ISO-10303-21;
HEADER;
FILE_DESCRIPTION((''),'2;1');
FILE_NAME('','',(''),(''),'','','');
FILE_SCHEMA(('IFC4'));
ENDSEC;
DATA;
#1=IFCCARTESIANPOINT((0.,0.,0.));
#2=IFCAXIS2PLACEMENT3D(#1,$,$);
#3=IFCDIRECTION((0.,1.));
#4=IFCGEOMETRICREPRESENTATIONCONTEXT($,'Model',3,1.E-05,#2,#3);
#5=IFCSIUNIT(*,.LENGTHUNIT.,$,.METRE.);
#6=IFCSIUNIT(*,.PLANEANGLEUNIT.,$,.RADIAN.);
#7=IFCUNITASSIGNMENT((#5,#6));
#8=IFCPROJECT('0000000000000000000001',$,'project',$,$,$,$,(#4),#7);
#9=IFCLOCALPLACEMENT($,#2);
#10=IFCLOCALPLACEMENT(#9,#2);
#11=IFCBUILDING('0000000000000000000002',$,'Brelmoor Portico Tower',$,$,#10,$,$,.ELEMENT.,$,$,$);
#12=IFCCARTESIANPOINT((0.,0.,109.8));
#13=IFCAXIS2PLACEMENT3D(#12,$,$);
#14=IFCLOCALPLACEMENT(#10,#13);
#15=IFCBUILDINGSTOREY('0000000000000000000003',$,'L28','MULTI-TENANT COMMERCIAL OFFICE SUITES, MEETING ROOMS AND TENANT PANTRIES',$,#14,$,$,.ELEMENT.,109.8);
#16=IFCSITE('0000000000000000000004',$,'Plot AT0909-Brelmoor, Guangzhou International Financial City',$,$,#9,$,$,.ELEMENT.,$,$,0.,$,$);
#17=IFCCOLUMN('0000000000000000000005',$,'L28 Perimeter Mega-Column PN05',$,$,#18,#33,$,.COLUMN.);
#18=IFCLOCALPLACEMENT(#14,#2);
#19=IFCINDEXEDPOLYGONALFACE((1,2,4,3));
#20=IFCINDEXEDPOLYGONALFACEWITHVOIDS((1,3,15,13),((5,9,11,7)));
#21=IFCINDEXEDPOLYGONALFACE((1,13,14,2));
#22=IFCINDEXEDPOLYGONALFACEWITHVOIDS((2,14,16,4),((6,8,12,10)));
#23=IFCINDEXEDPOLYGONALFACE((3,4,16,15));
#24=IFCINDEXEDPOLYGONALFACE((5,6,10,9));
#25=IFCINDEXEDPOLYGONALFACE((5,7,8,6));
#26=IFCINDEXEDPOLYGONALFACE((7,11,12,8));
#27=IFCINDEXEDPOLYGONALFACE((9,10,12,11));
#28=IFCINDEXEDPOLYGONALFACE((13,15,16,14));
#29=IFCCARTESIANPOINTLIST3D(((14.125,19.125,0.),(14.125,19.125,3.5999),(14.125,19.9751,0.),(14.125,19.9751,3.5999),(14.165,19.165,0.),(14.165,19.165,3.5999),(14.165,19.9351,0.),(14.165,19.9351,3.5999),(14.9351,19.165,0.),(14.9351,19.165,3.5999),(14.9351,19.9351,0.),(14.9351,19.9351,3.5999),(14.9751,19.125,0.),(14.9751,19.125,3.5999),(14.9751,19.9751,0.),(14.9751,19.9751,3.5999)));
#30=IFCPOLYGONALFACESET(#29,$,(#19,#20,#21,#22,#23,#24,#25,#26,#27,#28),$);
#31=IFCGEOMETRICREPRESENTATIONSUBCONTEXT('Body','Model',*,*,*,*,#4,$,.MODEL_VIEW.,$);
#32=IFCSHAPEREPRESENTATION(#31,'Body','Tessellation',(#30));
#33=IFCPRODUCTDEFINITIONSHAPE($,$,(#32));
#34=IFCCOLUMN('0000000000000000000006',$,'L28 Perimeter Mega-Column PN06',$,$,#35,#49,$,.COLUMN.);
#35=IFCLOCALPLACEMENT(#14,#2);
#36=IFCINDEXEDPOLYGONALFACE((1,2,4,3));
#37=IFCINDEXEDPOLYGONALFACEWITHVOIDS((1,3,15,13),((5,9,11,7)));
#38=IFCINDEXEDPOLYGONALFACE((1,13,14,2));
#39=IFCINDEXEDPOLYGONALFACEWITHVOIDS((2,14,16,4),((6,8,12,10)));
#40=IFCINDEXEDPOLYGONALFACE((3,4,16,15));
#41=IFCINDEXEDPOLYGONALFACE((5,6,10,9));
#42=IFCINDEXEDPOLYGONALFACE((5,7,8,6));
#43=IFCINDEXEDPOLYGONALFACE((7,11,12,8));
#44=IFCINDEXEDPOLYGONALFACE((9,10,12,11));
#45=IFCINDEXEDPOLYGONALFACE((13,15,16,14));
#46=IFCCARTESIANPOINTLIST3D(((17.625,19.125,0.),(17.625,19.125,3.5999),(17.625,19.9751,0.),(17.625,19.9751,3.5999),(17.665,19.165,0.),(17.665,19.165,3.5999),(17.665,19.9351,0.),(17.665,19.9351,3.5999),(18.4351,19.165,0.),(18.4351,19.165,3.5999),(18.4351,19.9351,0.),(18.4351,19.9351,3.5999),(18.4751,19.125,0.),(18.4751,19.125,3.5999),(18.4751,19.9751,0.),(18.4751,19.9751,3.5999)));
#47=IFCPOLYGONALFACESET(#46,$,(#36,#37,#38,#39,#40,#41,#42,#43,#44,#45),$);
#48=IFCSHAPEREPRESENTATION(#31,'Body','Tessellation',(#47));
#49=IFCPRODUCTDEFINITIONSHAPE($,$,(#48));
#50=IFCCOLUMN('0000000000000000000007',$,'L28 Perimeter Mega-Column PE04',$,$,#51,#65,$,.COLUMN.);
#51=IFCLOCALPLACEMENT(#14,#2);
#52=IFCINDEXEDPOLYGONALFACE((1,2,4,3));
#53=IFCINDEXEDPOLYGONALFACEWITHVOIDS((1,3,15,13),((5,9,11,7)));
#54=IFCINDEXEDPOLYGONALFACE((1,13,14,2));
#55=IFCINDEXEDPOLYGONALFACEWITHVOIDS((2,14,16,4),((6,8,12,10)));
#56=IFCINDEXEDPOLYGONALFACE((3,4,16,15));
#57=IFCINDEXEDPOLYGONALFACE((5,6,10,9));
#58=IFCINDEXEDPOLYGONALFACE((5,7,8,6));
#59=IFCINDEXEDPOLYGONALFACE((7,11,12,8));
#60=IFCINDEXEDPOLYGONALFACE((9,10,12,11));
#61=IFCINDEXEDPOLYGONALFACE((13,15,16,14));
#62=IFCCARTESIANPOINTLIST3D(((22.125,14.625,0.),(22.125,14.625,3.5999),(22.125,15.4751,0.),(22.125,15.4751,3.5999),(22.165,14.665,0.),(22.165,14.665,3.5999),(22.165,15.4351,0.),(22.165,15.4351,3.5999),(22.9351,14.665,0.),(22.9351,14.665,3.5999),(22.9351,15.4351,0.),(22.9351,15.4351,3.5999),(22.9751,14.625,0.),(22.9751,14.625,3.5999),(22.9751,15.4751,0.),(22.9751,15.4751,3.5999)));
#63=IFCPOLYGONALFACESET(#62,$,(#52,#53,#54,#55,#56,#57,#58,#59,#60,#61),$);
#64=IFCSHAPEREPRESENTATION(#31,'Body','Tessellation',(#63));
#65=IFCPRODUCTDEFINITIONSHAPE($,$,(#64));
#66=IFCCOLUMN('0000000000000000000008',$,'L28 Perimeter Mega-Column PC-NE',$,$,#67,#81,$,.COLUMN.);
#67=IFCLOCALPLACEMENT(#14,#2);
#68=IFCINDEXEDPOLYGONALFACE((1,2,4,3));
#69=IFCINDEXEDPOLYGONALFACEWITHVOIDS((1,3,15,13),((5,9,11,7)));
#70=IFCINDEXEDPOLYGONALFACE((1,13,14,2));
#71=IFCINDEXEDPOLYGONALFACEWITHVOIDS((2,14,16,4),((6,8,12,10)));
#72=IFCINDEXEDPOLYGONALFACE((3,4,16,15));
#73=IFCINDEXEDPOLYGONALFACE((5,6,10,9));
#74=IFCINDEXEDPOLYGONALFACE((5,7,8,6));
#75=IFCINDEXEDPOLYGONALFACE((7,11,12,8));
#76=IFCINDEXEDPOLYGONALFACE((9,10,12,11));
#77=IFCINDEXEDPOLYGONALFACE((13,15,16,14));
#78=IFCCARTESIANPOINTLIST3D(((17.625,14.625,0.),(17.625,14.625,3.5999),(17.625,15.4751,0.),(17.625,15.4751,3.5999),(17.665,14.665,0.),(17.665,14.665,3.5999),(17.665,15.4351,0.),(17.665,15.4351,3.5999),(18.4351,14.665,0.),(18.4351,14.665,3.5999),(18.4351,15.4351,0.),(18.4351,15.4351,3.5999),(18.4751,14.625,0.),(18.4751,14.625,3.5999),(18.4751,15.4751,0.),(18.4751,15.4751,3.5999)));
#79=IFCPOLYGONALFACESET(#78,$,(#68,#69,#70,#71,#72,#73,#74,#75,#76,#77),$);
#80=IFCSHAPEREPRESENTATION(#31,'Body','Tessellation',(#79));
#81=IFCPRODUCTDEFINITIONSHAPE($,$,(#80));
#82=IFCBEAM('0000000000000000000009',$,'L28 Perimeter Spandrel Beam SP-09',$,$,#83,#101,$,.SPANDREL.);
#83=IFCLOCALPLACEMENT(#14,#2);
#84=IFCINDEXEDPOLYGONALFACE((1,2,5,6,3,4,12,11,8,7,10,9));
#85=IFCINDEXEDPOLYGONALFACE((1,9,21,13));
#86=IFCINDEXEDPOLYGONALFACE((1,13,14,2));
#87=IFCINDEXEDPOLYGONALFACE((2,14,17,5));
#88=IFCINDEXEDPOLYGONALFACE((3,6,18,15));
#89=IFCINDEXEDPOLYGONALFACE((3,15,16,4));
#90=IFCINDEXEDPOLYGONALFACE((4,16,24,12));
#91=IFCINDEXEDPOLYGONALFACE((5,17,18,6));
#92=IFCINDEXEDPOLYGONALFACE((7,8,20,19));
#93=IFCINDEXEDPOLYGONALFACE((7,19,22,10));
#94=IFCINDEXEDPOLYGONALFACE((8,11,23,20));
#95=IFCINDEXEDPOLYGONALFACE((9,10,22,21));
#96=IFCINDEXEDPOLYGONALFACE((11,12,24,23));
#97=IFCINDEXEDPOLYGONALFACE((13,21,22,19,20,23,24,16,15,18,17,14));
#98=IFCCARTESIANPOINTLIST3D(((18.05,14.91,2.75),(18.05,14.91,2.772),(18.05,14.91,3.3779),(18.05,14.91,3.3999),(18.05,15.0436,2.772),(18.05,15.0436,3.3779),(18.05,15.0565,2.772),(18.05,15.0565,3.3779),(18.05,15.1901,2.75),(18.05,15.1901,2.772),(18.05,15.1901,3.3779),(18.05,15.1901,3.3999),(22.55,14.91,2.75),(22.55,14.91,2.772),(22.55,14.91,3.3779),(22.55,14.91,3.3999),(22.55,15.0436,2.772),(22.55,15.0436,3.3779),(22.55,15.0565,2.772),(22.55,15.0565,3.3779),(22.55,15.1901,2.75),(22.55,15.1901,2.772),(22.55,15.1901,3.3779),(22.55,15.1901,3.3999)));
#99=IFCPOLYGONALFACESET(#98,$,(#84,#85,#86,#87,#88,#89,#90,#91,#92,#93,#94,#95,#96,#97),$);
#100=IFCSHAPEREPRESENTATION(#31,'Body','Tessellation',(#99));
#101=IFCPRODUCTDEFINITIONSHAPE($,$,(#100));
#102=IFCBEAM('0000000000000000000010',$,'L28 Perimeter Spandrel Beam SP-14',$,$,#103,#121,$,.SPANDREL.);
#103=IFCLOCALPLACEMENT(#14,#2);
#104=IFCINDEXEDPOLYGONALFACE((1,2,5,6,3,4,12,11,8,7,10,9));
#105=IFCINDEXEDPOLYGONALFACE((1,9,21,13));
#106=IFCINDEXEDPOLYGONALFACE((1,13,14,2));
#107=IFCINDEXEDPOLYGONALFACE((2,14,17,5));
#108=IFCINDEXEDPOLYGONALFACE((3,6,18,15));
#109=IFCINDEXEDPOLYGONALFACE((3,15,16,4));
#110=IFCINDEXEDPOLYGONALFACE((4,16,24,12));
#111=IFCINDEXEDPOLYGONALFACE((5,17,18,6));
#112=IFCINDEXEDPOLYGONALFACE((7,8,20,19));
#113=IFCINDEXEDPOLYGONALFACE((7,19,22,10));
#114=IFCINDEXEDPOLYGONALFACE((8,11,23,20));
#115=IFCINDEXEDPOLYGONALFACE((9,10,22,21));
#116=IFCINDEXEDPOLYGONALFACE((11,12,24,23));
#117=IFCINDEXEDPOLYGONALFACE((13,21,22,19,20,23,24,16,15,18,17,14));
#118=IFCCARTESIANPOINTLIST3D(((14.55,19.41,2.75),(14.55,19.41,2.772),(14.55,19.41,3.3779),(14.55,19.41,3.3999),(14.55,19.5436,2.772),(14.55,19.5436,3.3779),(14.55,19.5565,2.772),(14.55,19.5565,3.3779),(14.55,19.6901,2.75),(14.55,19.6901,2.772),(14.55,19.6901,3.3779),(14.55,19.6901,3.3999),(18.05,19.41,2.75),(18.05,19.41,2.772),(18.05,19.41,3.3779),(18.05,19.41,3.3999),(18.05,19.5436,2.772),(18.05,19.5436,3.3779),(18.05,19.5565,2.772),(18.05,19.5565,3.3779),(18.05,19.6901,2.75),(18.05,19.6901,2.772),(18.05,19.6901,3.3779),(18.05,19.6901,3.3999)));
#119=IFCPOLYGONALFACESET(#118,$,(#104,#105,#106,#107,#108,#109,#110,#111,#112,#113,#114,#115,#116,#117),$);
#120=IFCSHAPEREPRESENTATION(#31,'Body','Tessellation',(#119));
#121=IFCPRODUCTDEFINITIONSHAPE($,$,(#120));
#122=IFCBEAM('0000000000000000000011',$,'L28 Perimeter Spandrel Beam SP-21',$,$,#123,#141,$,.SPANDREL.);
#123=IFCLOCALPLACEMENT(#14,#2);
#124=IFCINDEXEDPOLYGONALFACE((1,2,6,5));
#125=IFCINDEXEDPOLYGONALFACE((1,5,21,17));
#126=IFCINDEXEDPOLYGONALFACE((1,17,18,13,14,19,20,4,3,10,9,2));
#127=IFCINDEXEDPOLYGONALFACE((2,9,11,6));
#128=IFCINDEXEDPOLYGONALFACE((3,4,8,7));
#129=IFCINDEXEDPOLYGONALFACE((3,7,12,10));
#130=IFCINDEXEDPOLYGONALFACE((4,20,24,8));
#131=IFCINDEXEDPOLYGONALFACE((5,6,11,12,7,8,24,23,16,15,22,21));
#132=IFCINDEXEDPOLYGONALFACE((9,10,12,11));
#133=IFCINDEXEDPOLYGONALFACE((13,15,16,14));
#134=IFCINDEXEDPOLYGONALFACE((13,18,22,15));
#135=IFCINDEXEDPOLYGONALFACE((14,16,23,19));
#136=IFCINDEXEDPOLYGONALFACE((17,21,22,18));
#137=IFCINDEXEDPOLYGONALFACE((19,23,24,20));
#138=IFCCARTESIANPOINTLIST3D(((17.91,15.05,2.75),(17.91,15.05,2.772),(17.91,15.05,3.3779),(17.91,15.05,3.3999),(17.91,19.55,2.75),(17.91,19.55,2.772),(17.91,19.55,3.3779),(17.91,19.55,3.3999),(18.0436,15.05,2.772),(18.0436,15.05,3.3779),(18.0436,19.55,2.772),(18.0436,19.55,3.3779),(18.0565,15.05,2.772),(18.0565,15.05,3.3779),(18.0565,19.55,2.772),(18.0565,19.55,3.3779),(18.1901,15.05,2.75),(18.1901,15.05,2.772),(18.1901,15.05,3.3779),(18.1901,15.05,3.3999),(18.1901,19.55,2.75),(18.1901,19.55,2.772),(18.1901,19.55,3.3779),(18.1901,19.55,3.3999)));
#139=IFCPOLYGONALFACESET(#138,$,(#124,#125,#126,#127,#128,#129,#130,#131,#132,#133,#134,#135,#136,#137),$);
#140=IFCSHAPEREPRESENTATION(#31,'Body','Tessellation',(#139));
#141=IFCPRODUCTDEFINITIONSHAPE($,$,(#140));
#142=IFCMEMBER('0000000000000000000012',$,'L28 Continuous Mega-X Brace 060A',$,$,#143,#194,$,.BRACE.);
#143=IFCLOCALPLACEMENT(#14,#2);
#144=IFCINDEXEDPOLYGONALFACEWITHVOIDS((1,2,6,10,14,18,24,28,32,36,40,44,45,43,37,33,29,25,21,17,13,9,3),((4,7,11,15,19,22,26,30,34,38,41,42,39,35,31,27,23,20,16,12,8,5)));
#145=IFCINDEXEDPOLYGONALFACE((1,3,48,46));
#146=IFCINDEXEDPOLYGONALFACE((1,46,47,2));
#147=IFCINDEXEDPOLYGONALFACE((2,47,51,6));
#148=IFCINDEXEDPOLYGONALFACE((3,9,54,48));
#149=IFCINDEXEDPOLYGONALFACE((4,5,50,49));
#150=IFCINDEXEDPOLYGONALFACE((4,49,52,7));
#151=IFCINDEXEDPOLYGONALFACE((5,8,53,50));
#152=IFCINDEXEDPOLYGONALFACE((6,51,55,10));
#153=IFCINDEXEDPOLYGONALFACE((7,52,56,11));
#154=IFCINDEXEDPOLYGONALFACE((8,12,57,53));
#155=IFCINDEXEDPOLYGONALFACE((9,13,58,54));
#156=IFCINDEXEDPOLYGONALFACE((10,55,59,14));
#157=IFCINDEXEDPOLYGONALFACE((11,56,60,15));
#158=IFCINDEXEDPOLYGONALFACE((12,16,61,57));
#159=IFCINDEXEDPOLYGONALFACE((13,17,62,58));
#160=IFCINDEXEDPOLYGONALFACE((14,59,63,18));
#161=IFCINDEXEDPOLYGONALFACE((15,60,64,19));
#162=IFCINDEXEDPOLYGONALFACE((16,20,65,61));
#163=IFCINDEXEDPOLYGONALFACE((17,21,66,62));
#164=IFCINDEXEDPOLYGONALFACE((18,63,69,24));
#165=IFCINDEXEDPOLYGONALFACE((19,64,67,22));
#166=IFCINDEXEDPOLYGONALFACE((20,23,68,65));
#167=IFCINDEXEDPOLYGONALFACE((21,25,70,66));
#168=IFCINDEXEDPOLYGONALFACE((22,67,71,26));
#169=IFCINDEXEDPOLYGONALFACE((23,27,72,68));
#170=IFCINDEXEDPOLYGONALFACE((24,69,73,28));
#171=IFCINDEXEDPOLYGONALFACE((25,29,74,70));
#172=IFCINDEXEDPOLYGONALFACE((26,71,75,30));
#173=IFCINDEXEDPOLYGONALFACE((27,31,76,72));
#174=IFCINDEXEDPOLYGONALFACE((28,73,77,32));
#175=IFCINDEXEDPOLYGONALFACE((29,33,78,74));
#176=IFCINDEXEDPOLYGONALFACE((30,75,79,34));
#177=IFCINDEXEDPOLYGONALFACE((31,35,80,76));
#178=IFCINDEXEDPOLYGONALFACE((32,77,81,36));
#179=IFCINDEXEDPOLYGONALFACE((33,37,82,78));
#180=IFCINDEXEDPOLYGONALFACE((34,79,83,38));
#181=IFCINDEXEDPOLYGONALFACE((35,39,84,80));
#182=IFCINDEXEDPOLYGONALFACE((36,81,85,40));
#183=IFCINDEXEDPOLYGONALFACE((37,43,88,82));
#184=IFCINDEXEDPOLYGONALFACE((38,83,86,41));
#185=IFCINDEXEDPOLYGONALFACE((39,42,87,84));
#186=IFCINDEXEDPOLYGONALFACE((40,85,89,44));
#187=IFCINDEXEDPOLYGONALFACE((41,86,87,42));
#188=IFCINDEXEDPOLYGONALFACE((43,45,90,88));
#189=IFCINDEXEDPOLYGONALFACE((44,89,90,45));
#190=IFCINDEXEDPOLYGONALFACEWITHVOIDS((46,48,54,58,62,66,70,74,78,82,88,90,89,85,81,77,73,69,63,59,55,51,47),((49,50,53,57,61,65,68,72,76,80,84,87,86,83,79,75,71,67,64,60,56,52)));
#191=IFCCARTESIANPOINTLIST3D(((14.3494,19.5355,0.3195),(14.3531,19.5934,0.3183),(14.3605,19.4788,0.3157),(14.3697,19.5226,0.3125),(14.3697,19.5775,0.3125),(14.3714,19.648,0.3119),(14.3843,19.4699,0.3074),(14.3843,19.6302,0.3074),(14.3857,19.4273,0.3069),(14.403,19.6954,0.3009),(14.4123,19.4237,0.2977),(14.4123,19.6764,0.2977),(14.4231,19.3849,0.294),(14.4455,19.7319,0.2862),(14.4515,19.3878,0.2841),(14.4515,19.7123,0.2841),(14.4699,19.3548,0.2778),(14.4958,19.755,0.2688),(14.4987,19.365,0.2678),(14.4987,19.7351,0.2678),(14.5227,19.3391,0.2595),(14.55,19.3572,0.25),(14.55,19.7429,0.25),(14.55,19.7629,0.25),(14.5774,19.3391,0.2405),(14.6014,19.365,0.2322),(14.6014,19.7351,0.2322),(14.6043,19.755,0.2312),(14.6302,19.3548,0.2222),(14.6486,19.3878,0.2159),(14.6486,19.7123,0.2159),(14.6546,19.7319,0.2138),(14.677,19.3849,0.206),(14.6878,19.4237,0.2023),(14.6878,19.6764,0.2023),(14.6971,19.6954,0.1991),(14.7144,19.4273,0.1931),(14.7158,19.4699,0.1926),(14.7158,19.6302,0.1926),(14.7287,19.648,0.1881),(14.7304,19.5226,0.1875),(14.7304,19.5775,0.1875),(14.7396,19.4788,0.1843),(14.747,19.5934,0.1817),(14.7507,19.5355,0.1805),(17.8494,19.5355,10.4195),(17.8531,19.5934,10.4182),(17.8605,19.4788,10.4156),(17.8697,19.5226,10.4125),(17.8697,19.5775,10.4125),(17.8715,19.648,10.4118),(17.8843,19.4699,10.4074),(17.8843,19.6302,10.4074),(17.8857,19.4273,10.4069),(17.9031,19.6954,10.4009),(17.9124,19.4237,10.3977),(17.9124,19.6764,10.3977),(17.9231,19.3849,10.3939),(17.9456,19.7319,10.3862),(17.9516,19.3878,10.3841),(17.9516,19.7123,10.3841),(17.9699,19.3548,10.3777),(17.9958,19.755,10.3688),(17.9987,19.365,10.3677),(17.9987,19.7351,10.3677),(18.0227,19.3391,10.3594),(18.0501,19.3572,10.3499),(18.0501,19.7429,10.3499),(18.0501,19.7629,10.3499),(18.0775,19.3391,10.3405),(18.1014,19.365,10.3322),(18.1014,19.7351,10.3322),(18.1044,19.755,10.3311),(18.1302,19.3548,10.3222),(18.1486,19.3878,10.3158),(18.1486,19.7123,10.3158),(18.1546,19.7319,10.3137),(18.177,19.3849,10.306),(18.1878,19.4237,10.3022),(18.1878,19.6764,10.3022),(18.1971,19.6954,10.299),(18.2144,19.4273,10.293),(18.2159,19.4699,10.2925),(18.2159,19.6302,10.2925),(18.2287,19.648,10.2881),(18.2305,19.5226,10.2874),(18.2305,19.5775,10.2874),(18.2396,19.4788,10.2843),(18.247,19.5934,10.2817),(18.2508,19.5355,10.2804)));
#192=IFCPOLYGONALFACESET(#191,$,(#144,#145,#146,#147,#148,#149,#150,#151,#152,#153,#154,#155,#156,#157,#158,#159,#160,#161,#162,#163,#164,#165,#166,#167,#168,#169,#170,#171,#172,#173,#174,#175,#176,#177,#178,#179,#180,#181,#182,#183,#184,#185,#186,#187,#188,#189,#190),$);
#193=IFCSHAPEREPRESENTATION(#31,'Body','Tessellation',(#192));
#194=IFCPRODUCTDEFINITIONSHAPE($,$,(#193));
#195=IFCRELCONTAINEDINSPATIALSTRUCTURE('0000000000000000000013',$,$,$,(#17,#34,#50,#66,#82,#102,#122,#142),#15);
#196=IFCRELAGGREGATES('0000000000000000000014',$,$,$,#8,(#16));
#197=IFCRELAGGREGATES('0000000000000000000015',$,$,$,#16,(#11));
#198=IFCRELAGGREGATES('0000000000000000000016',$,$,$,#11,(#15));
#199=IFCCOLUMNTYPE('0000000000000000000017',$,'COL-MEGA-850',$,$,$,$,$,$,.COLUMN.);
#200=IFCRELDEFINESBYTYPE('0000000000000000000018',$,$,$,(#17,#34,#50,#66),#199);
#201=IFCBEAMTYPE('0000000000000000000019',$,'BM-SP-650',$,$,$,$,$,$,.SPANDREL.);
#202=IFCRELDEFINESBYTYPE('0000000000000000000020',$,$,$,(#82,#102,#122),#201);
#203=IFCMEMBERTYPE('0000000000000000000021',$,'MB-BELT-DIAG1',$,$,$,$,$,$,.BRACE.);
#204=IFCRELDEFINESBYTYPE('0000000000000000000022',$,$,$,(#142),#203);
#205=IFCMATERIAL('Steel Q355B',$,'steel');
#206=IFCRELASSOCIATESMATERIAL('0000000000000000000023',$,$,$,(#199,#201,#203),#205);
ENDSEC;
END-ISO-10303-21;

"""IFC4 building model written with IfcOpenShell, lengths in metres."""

from ifc_helpers import new_model, si_unit, direction, frame, origin, origin_2d, place, context, subcontext, project, spatial, hollow_rectangle, hollow_circle, i_section, extrude, material, material_profile, profile_set, type_object, element, save


model = new_model("IFC4")

# Units and contexts
model_context = context("Model", 3, precision=1e-05, world=origin(), true_north=direction((0.0, 1.0)))
body_context = subcontext(model_context, "Body", "Model", "MODEL_VIEW")
ifc_project = project(units=[si_unit("LENGTHUNIT", "METRE"), si_unit("PLANEANGLEUNIT", "RADIAN")], contexts=[model_context])

# Site, building, storey
site_placement = place(None, origin())
site = spatial("IfcSite", under=ifc_project, at=site_placement, Name="Plot AT0909-Brelmoor, Guangzhou International Financial City", CompositionType="ELEMENT", RefElevation=0.0)
building_placement = place(site_placement, origin())
building = spatial("IfcBuilding", under=site, at=building_placement, Name="Brelmoor Portico Tower", CompositionType="ELEMENT")
storey_placement = place(building_placement, frame((0.0, 0.0, 109.8)))
storey = spatial("IfcBuildingStorey", under=building, at=storey_placement, Name="L28", Description="MULTI-TENANT COMMERCIAL OFFICE SUITES, MEETING ROOMS AND TENANT PANTRIES", CompositionType="ELEMENT", Elevation=109.8)

# Columns
ifc_material_1 = material(Name="Steel Q355B", Category="steel")
ifc_material_profile_1 = material_profile(ifc_material_1, hollow_rectangle(XDim=0.8501, YDim=0.8501, WallThickness=0.04, at=origin_2d()), Name="BOX 850x850x40")
ifc_profile_set_1 = profile_set([ifc_material_profile_1], Name="Steel Q355B")
column_type = type_object("IfcColumnType", Name="COL-MEGA-850", PredefinedType="COLUMN", material=ifc_profile_set_1)
for number, where, z_axis, x_axis, name in (
    (1, (14.55, 19.55, 0.0), (0.0, 0.0, 1.0), (1.0, 0.0, 0.0), "L28 Perimeter Mega-Column PN05"),
    (2, (18.05, 19.55, 0.0), (0.0, 0.0, 1.0), (1.0, 0.0, 0.0), "L28 Perimeter Mega-Column PN06"),
    (3, (22.55, 15.05, 0.0), (0.0, 0.0, 1.0), (0.0, 1.0, 0.0), "L28 Perimeter Mega-Column PE04"),
    (4, (18.05, 15.05, 0.0), (0.0, 0.0, 1.0), (1.0, 0.0, 0.0), "L28 Perimeter Mega-Column PC-NE"),
):
    element("IfcColumn", number, at=place(storey_placement, frame(where, z_axis=z_axis, x_axis=x_axis)), inside=storey, type_object=column_type, Name=name, PredefinedType="COLUMN", context=body_context, shape_type="SweptSolid", body=[
        extrude(hollow_rectangle(XDim=0.8501, YDim=0.8501, WallThickness=0.04, at=origin_2d()), origin(), (0.0, 0.0, 1.0), 3.5999),
    ])

# Beams
ifc_material_profile_2 = material_profile(ifc_material_1, i_section(OverallWidth=0.28, OverallDepth=0.6499, WebThickness=0.0129, FlangeThickness=0.022, at=origin_2d()), Name="HN 650x280x13x22")
ifc_profile_set_2 = profile_set([ifc_material_profile_2], Name="Steel Q355B")
beam_type = type_object("IfcBeamType", Name="BM-SP-650", PredefinedType="SPANDREL", material=ifc_profile_set_2)
beam_1_placement = place(storey_placement, frame((18.05, 15.05, 3.075), z_axis=(1.0, 0.0, 0.0), x_axis=(0.0, 1.0, 0.0)))
element("IfcBeam", 5, at=beam_1_placement, inside=storey, type_object=beam_type, Name="L28 Perimeter Spandrel Beam SP-09", PredefinedType="SPANDREL", context=body_context, shape_type="SweptSolid", body=[
    extrude(i_section(OverallWidth=0.28, OverallDepth=0.6499, WebThickness=0.0129, FlangeThickness=0.022, at=origin_2d()), origin(), (0.0, 0.0, 1.0), 4.5),
])
beam_2_placement = place(storey_placement, frame((14.55, 19.55, 3.075), z_axis=(1.0, 0.0, 0.0), x_axis=(0.0, 1.0, 0.0)))
element("IfcBeam", 6, at=beam_2_placement, inside=storey, type_object=beam_type, Name="L28 Perimeter Spandrel Beam SP-14", PredefinedType="SPANDREL", context=body_context, shape_type="SweptSolid", body=[
    extrude(i_section(OverallWidth=0.28, OverallDepth=0.6499, WebThickness=0.0129, FlangeThickness=0.022, at=origin_2d()), origin(), (0.0, 0.0, 1.0), 3.5),
])
beam_3_placement = place(storey_placement, frame((18.05, 15.05, 3.075), z_axis=(0.0, 1.0, 0.0), x_axis=(-1.0, 0.0, 0.0)))
element("IfcBeam", 7, at=beam_3_placement, inside=storey, type_object=beam_type, Name="L28 Perimeter Spandrel Beam SP-21", PredefinedType="SPANDREL", context=body_context, shape_type="SweptSolid", body=[
    extrude(i_section(OverallWidth=0.28, OverallDepth=0.6499, WebThickness=0.0129, FlangeThickness=0.022, at=origin_2d()), origin(), (0.0, 0.0, 1.0), 4.5),
])

# Member
ifc_material_profile_3 = material_profile(ifc_material_1, hollow_circle(Radius=0.2129, WallThickness=0.02, at=origin_2d()), Name="CHS 426x20")
ifc_profile_set_3 = profile_set([ifc_material_profile_3], Name="Steel Q355B")
member_type_1 = type_object("IfcMemberType", Name="MB-BELT-DIAG1", PredefinedType="BRACE", material=ifc_profile_set_3)
member_1_placement = place(storey_placement, frame((14.55, 19.55, 0.25), z_axis=(0.327436, 0.0, 0.944873), x_axis=(0.0, 1.0, 0.0)))
element("IfcMember", 8, at=member_1_placement, inside=storey, type_object=member_type_1, Name="L28 Continuous Mega-X Brace 060A", PredefinedType="BRACE", context=body_context, shape_type="SweptSolid", body=[
    extrude(hollow_circle(Radius=0.2129, WallThickness=0.02, at=origin_2d()), origin(), (0.0, 0.0, 1.0), 10.6892),
])

save(model, "model.ifc")
